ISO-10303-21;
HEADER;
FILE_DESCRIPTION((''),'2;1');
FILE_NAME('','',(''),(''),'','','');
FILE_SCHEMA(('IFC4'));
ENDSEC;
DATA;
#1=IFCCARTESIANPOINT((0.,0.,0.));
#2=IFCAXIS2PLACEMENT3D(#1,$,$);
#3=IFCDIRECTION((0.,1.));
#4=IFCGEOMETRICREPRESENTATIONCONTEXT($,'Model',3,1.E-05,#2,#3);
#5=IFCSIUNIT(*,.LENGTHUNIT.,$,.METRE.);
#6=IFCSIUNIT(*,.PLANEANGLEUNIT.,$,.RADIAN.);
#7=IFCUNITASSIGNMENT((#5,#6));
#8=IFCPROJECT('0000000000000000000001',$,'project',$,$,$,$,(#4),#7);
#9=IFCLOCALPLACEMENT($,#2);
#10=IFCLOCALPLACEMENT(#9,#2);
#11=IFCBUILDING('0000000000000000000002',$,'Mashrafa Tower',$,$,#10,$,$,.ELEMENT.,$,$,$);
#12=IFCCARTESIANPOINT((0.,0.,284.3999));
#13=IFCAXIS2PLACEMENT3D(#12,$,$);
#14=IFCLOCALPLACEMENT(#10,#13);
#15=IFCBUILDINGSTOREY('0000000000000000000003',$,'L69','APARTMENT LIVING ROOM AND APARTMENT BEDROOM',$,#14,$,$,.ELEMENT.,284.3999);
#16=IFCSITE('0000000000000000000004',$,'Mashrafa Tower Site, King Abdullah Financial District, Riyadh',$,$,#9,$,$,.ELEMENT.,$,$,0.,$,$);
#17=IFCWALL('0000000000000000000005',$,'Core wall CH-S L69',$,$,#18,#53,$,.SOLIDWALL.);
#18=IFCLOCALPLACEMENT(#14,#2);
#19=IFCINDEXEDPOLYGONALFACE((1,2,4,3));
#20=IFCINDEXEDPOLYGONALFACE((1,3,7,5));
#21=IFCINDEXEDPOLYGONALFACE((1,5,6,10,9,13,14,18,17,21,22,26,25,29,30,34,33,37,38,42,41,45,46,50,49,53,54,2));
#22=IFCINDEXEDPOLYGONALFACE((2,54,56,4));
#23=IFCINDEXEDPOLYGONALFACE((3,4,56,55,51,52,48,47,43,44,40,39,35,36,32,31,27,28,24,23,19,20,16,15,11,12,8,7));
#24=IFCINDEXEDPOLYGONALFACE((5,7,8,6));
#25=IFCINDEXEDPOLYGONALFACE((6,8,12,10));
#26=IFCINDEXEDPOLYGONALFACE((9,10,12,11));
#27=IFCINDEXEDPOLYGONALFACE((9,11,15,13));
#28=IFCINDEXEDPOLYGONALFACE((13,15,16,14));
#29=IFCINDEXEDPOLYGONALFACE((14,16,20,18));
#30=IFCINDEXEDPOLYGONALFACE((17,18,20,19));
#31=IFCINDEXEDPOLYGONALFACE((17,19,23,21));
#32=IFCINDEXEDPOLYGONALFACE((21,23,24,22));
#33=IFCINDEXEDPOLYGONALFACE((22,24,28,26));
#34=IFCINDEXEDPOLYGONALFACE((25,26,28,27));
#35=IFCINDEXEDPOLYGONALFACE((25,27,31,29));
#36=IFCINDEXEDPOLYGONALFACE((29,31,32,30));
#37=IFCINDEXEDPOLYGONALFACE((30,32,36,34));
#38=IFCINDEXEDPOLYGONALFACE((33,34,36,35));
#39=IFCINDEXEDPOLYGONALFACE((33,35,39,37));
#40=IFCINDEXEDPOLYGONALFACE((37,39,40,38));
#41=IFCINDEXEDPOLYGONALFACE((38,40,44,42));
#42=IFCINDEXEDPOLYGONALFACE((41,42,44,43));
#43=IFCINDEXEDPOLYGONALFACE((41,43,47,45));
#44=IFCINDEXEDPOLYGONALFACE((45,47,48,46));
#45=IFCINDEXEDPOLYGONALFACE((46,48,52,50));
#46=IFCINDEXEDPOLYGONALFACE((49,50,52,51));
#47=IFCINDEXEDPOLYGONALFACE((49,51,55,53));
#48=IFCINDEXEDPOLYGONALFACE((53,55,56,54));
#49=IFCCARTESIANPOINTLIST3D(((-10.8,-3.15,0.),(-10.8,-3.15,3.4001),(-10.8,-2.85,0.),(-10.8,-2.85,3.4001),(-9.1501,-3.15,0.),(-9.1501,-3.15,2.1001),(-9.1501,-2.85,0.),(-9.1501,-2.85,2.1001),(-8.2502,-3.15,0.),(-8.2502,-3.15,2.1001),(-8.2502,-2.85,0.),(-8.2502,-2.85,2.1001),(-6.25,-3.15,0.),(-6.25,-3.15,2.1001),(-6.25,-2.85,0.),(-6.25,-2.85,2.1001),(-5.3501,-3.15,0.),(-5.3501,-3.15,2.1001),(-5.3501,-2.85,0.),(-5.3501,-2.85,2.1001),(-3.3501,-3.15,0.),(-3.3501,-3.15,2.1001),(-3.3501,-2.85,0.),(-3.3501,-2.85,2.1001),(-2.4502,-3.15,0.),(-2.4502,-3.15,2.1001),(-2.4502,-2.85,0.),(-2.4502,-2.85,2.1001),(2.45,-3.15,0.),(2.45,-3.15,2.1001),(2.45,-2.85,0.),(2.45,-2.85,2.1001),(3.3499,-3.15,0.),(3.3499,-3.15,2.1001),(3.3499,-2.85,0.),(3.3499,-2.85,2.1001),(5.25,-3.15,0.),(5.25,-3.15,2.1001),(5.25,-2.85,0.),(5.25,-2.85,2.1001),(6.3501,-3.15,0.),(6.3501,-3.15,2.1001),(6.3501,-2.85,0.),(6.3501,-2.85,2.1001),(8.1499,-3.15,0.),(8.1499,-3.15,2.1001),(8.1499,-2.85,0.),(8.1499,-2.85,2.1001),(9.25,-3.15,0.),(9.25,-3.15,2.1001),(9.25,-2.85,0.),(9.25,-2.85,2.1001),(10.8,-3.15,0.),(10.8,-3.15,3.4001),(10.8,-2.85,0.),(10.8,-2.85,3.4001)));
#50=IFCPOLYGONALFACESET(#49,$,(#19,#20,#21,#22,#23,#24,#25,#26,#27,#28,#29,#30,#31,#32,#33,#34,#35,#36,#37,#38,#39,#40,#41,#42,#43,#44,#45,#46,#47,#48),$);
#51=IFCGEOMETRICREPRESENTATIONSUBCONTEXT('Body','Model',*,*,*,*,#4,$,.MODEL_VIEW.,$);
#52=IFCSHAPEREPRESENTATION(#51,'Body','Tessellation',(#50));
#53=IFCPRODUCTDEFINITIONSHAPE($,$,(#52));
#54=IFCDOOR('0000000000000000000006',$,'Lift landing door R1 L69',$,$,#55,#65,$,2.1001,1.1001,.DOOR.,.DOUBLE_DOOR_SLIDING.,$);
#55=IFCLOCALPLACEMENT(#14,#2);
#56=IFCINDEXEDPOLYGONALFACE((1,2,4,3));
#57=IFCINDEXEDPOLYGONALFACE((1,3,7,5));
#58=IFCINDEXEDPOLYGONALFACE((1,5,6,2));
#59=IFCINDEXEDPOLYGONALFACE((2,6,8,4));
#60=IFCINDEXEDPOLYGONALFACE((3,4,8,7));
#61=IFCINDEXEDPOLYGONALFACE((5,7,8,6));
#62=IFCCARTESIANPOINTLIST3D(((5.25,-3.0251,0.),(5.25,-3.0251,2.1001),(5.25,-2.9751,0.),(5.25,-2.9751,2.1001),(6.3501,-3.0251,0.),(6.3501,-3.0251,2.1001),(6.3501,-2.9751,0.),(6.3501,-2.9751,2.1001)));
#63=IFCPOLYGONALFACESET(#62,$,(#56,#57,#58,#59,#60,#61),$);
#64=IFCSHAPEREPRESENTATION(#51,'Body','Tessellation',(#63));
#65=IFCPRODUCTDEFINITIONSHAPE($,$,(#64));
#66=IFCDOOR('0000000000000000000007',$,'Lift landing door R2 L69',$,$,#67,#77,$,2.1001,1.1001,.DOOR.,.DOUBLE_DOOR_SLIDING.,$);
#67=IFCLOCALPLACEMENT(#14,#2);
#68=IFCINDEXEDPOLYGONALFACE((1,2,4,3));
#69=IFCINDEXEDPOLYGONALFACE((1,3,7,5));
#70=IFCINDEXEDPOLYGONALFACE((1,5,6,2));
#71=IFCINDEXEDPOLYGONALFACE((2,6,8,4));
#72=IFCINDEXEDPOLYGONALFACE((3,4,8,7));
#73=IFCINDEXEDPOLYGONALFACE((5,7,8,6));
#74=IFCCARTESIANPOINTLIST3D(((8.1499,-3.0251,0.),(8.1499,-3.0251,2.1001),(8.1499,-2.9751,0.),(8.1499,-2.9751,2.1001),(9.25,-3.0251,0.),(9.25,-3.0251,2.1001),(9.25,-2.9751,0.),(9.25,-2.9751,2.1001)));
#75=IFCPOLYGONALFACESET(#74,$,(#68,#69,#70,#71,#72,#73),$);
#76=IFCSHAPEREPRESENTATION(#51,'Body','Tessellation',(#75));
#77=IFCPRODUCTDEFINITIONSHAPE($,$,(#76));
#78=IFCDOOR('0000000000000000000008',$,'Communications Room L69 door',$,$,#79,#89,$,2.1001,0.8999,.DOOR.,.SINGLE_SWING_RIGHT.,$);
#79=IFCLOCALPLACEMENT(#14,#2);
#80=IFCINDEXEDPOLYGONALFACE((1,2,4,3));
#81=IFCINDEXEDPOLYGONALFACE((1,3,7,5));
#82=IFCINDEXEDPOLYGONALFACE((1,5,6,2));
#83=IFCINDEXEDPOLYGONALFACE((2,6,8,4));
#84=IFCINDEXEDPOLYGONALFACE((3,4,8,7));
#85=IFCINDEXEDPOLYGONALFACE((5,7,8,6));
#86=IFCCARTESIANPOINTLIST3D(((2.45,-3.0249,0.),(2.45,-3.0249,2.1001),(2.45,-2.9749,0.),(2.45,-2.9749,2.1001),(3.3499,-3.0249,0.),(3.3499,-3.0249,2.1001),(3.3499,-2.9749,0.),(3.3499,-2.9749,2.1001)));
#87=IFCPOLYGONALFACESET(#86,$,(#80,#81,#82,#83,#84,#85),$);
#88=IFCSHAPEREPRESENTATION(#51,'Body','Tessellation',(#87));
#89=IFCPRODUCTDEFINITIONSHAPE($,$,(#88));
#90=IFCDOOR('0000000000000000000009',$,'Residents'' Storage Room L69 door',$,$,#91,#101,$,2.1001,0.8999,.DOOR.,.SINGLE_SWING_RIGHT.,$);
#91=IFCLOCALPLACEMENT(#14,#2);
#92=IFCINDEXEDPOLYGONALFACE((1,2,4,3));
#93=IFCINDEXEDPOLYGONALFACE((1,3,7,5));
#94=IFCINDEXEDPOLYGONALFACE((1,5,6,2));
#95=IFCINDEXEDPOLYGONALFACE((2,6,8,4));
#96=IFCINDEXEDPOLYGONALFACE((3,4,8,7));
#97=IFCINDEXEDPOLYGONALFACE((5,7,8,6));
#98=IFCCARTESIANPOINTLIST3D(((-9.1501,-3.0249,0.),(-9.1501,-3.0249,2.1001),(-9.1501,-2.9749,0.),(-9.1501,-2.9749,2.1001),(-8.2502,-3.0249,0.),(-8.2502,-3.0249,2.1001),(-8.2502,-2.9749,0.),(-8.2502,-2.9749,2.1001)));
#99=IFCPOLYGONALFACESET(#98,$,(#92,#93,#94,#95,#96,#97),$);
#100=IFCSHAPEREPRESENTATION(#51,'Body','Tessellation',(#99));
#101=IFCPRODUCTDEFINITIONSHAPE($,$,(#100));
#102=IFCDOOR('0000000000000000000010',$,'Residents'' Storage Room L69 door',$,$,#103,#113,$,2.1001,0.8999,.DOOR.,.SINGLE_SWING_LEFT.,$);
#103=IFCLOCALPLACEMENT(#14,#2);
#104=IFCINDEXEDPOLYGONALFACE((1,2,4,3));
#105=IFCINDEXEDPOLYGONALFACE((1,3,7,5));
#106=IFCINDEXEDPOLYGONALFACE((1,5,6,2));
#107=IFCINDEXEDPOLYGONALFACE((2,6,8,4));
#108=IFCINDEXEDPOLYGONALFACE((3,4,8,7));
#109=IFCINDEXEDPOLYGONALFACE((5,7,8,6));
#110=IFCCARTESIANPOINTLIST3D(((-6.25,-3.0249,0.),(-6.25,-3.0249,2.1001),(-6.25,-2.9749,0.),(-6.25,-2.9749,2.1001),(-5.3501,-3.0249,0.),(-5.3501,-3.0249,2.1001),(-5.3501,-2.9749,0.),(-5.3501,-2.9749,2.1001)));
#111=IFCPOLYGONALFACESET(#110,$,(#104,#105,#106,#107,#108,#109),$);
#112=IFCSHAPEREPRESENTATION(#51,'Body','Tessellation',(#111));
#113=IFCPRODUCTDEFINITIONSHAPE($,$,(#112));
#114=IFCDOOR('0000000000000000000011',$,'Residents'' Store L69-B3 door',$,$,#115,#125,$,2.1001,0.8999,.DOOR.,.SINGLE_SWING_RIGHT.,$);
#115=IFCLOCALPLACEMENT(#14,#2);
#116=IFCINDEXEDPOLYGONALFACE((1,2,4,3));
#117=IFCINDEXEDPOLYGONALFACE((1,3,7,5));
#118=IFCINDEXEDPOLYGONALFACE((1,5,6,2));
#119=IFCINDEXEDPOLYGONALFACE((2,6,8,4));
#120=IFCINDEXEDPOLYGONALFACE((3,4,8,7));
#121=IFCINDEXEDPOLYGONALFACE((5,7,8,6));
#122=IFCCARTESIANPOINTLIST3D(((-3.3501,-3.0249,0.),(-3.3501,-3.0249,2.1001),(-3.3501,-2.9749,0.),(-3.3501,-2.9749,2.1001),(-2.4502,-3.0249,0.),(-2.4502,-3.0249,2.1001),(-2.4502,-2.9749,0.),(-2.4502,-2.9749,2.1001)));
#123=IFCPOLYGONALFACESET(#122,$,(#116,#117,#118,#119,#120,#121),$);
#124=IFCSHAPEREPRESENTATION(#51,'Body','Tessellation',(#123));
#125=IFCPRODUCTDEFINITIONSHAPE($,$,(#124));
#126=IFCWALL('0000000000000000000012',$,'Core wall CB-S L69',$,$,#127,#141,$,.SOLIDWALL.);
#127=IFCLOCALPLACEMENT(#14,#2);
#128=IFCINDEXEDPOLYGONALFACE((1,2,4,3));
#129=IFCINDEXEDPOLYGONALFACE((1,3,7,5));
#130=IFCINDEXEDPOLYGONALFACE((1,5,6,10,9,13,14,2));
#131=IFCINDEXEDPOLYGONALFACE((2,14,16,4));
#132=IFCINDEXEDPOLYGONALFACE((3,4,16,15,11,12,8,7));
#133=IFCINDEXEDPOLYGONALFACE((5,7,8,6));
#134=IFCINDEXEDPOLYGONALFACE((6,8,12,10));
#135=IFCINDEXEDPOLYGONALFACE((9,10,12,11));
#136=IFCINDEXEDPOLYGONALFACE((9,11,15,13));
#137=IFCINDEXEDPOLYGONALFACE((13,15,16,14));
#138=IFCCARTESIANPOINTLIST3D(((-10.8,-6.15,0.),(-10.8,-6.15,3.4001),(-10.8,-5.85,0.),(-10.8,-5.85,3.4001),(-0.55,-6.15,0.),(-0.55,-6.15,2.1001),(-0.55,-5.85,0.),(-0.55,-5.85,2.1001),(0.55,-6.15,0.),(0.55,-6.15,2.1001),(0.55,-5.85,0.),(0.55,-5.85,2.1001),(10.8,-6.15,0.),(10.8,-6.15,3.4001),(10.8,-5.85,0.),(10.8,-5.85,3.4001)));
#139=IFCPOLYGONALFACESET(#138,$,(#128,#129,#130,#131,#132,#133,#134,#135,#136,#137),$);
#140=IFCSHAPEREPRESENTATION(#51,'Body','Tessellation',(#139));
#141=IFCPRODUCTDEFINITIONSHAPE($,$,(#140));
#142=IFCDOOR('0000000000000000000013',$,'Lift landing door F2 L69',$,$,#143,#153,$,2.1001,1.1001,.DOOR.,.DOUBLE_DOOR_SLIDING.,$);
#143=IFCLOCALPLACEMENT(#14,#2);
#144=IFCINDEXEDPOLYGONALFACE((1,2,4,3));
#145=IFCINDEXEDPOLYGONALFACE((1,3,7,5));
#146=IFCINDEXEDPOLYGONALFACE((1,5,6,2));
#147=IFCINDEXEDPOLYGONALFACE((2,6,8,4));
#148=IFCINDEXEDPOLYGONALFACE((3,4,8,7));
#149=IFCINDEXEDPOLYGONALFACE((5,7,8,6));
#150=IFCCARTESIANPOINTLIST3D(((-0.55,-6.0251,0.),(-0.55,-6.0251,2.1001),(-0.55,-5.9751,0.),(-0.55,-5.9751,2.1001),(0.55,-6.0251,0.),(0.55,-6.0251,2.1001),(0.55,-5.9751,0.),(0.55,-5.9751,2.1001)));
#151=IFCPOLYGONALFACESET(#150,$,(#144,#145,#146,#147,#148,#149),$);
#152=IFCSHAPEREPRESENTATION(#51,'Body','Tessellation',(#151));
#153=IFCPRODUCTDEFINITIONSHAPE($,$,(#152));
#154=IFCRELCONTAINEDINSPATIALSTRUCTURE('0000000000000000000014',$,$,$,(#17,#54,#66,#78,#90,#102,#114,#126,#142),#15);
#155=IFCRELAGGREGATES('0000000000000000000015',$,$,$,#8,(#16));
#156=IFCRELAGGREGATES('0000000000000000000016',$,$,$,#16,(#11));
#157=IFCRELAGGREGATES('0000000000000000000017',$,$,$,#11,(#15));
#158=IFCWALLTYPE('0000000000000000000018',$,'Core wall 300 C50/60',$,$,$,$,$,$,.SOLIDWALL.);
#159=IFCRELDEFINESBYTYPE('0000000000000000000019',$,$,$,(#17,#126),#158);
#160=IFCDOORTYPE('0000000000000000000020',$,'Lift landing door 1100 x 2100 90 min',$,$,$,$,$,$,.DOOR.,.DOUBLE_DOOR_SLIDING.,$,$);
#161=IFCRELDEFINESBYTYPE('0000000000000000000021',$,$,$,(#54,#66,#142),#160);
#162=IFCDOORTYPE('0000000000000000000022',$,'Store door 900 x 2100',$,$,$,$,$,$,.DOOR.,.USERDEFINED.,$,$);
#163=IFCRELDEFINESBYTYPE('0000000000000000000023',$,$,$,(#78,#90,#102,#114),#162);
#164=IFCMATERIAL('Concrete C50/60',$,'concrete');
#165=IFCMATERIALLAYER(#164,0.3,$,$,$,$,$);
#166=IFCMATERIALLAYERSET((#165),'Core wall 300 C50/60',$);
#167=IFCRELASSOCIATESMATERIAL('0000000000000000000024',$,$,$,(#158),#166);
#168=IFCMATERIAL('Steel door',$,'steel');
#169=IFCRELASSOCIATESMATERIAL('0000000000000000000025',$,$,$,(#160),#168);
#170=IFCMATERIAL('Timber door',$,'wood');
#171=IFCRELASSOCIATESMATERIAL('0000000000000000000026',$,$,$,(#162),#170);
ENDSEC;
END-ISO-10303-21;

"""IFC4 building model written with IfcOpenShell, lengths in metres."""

from ifc_helpers import new_model, si_unit, direction, frame, frame_2d, origin, place, context, subcontext, project, spatial, rectangle, extrude, material, layer, layer_set, type_object, element, fill, save


model = new_model("IFC4")

# Units and contexts
model_context = context("Model", 3, precision=1e-05, world=origin(), true_north=direction((0.0, 1.0)))
body_context = subcontext(model_context, "Body", "Model", "MODEL_VIEW")
ifc_project = project(units=[si_unit("LENGTHUNIT", "METRE"), si_unit("PLANEANGLEUNIT", "RADIAN")], contexts=[model_context])

# Site, building, storey
site_placement = place(None, origin())
site = spatial("IfcSite", under=ifc_project, at=site_placement, Name="Mashrafa Tower Site, King Abdullah Financial District, Riyadh", CompositionType="ELEMENT", RefElevation=0.0)
building_placement = place(site_placement, origin())
building = spatial("IfcBuilding", under=site, at=building_placement, Name="Mashrafa Tower", CompositionType="ELEMENT")
storey_placement = place(building_placement, frame((0.0, 0.0, 284.3999)))
storey = spatial("IfcBuildingStorey", under=building, at=storey_placement, Name="L69", Description="APARTMENT LIVING ROOM AND APARTMENT BEDROOM", CompositionType="ELEMENT", Elevation=284.3999)

# Wall, openings, doors
ifc_material_1 = material(Name="Concrete C50/60", Category="concrete")
ifc_layer_1 = layer(ifc_material_1, 0.3)
ifc_layer_set_1 = layer_set([ifc_layer_1], Name="Core wall 300 C50/60")
wall_type_1 = type_object("IfcWallType", Name="Core wall 300 C50/60", PredefinedType="SOLIDWALL", material=ifc_layer_set_1)
wall_1_placement = place(storey_placement, frame((-10.8, -3.0, 0.0), z_axis=(0.0, 0.0, 1.0), x_axis=(1.0, 0.0, 0.0)))
wall_1 = element("IfcWall", 1, at=wall_1_placement, inside=storey, type_object=wall_type_1, Name="Core wall CH-S L69", PredefinedType="SOLIDWALL", context=body_context, shape_type="SweptSolid", body=[
    extrude(rectangle(XDim=21.6001, YDim=0.3, at=frame_2d((10.8, 0.0))), origin(), (0.0, 0.0, 1.0), 3.4001),
])
opening_1_placement = place(wall_1_placement, frame((13.25, 0.0, 0.0)))
opening_1 = element("IfcOpeningElement", 2, at=opening_1_placement, cuts=wall_1, PredefinedType="OPENING", context=body_context, shape_type="SweptSolid", body=[
    extrude(rectangle(XDim=0.8999, YDim=2.1001, at=frame_2d((0.45, 1.05))), frame((0.0, 0.1599, 0.0), z_axis=(0.0, -1.0, 0.0), x_axis=(1.0, 0.0, 0.0)), (0.0, 0.0, 1.0), 0.3201),
])
opening_2_placement = place(wall_1_placement, frame((1.6499, 0.0, 0.0)))
opening_2 = element("IfcOpeningElement", 3, at=opening_2_placement, cuts=wall_1, PredefinedType="OPENING", context=body_context, shape_type="SweptSolid", body=[
    extrude(rectangle(XDim=0.8999, YDim=2.1001, at=frame_2d((0.45, 1.05))), frame((0.0, 0.1599, 0.0), z_axis=(0.0, -1.0, 0.0), x_axis=(1.0, 0.0, 0.0)), (0.0, 0.0, 1.0), 0.3201),
])
opening_3_placement = place(wall_1_placement, frame((4.55, 0.0, 0.0)))
opening_3 = element("IfcOpeningElement", 4, at=opening_3_placement, cuts=wall_1, PredefinedType="OPENING", context=body_context, shape_type="SweptSolid", body=[
    extrude(rectangle(XDim=0.8999, YDim=2.1001, at=frame_2d((0.45, 1.05))), frame((0.0, 0.1599, 0.0), z_axis=(0.0, -1.0, 0.0), x_axis=(1.0, 0.0, 0.0)), (0.0, 0.0, 1.0), 0.3201),
])
opening_4_placement = place(wall_1_placement, frame((7.45, 0.0, 0.0)))
opening_4 = element("IfcOpeningElement", 5, at=opening_4_placement, cuts=wall_1, PredefinedType="OPENING", context=body_context, shape_type="SweptSolid", body=[
    extrude(rectangle(XDim=0.8999, YDim=2.1001, at=frame_2d((0.45, 1.05))), frame((0.0, 0.1599, 0.0), z_axis=(0.0, -1.0, 0.0), x_axis=(1.0, 0.0, 0.0)), (0.0, 0.0, 1.0), 0.3201),
])
opening_5_placement = place(wall_1_placement, frame((16.05, 0.0, 0.0)))
opening_5 = element("IfcOpeningElement", 6, at=opening_5_placement, cuts=wall_1, PredefinedType="OPENING", context=body_context, shape_type="SweptSolid", body=[
    extrude(rectangle(XDim=1.1001, YDim=2.1001, at=frame_2d((0.55, 1.05))), frame((0.0, 0.1599, 0.0), z_axis=(0.0, -1.0, 0.0), x_axis=(1.0, 0.0, 0.0)), (0.0, 0.0, 1.0), 0.3201),
])
opening_6_placement = place(wall_1_placement, frame((18.95, 0.0, 0.0)))
opening_6 = element("IfcOpeningElement", 7, at=opening_6_placement, cuts=wall_1, PredefinedType="OPENING", context=body_context, shape_type="SweptSolid", body=[
    extrude(rectangle(XDim=1.1001, YDim=2.1001, at=frame_2d((0.55, 1.05))), frame((0.0, 0.1599, 0.0), z_axis=(0.0, -1.0, 0.0), x_axis=(1.0, 0.0, 0.0)), (0.0, 0.0, 1.0), 0.3201),
])
ifc_material_2 = material(Name="Steel door", Category="steel")
door_type_1 = type_object("IfcDoorType", Name="Lift landing door 1100 x 2100 90 min", OperationType="DOUBLE_DOOR_SLIDING", PredefinedType="DOOR", material=ifc_material_2)
door_1_placement = place(opening_5_placement, origin())
door_1 = element("IfcDoor", 8, at=door_1_placement, inside=storey, type_object=door_type_1, Name="Lift landing door R1 L69", OperationType="DOUBLE_DOOR_SLIDING", OverallHeight=2.1001, OverallWidth=1.1001, PredefinedType="DOOR", context=body_context, shape_type="SweptSolid", body=[
    extrude(rectangle(XDim=1.1001, YDim=2.1001, at=frame_2d((0.55, 1.05))), frame((0.0, 0.0249, 0.0), z_axis=(0.0, -1.0, 0.0), x_axis=(1.0, 0.0, 0.0)), (0.0, 0.0, 1.0), 0.05),
])
fill(opening_5, door_1)
door_2_placement = place(opening_6_placement, origin())
door_2 = element("IfcDoor", 9, at=door_2_placement, inside=storey, type_object=door_type_1, Name="Lift landing door R2 L69", OperationType="DOUBLE_DOOR_SLIDING", OverallHeight=2.1001, OverallWidth=1.1001, PredefinedType="DOOR", context=body_context, shape_type="SweptSolid", body=[
    extrude(rectangle(XDim=1.1001, YDim=2.1001, at=frame_2d((0.55, 1.05))), frame((0.0, 0.0249, 0.0), z_axis=(0.0, -1.0, 0.0), x_axis=(1.0, 0.0, 0.0)), (0.0, 0.0, 1.0), 0.05),
])
fill(opening_6, door_2)
ifc_material_3 = material(Name="Timber door", Category="wood")
door_type_2 = type_object("IfcDoorType", Name="Store door 900 x 2100", OperationType="USERDEFINED", PredefinedType="DOOR", material=ifc_material_3)
door_3_placement = place(opening_1_placement, frame((0.8999, 0.0, 0.0), z_axis=(0.0, 0.0, 1.0), x_axis=(-1.0, 0.0, 0.0)))
door_3 = element("IfcDoor", 10, at=door_3_placement, inside=storey, type_object=door_type_2, Name="Communications Room L69 door", OperationType="SINGLE_SWING_RIGHT", OverallHeight=2.1001, OverallWidth=0.8999, PredefinedType="DOOR", context=body_context, shape_type="SweptSolid", body=[
    extrude(rectangle(XDim=0.8999, YDim=2.1001, at=frame_2d((0.45, 1.05))), frame((0.0, 0.0249, 0.0), z_axis=(0.0, -1.0, 0.0), x_axis=(1.0, 0.0, 0.0)), (0.0, 0.0, 1.0), 0.05),
])
fill(opening_1, door_3)
door_4_placement = place(opening_2_placement, frame((0.8999, 0.0, 0.0), z_axis=(0.0, 0.0, 1.0), x_axis=(-1.0, 0.0, 0.0)))
door_4 = element("IfcDoor", 11, at=door_4_placement, inside=storey, type_object=door_type_2, Name="Residents' Storage Room L69 door", OperationType="SINGLE_SWING_RIGHT", OverallHeight=2.1001, OverallWidth=0.8999, PredefinedType="DOOR", context=body_context, shape_type="SweptSolid", body=[
    extrude(rectangle(XDim=0.8999, YDim=2.1001, at=frame_2d((0.45, 1.05))), frame((0.0, 0.0249, 0.0), z_axis=(0.0, -1.0, 0.0), x_axis=(1.0, 0.0, 0.0)), (0.0, 0.0, 1.0), 0.05),
])
fill(opening_2, door_4)
door_5_placement = place(opening_3_placement, frame((0.8999, 0.0, 0.0), z_axis=(0.0, 0.0, 1.0), x_axis=(-1.0, 0.0, 0.0)))
door_5 = element("IfcDoor", 12, at=door_5_placement, inside=storey, type_object=door_type_2, Name="Residents' Storage Room L69 door", OperationType="SINGLE_SWING_LEFT", OverallHeight=2.1001, OverallWidth=0.8999, PredefinedType="DOOR", context=body_context, shape_type="SweptSolid", body=[
    extrude(rectangle(XDim=0.8999, YDim=2.1001, at=frame_2d((0.45, 1.05))), frame((0.0, 0.0249, 0.0), z_axis=(0.0, -1.0, 0.0), x_axis=(1.0, 0.0, 0.0)), (0.0, 0.0, 1.0), 0.05),
])
fill(opening_3, door_5)
door_6_placement = place(opening_4_placement, frame((0.8999, 0.0, 0.0), z_axis=(0.0, 0.0, 1.0), x_axis=(-1.0, 0.0, 0.0)))
door_6 = element("IfcDoor", 13, at=door_6_placement, inside=storey, type_object=door_type_2, Name="Residents' Store L69-B3 door", OperationType="SINGLE_SWING_RIGHT", OverallHeight=2.1001, OverallWidth=0.8999, PredefinedType="DOOR", context=body_context, shape_type="SweptSolid", body=[
    extrude(rectangle(XDim=0.8999, YDim=2.1001, at=frame_2d((0.45, 1.05))), frame((0.0, 0.0249, 0.0), z_axis=(0.0, -1.0, 0.0), x_axis=(1.0, 0.0, 0.0)), (0.0, 0.0, 1.0), 0.05),
])
fill(opening_4, door_6)

# Wall, opening, door
wall_2_placement = place(storey_placement, frame((-10.8, -6.0, 0.0), z_axis=(0.0, 0.0, 1.0), x_axis=(1.0, 0.0, 0.0)))
wall_2 = element("IfcWall", 14, at=wall_2_placement, inside=storey, type_object=wall_type_1, Name="Core wall CB-S L69", PredefinedType="SOLIDWALL", context=body_context, shape_type="SweptSolid", body=[
    extrude(rectangle(XDim=21.6001, YDim=0.3, at=frame_2d((10.8, 0.0))), origin(), (0.0, 0.0, 1.0), 3.4001),
])
opening_7_placement = place(wall_2_placement, frame((10.25, 0.0, 0.0)))
opening_7 = element("IfcOpeningElement", 15, at=opening_7_placement, cuts=wall_2, PredefinedType="OPENING", context=body_context, shape_type="SweptSolid", body=[
    extrude(rectangle(XDim=1.1001, YDim=2.1001, at=frame_2d((0.55, 1.05))), frame((0.0, 0.1599, 0.0), z_axis=(0.0, -1.0, 0.0), x_axis=(1.0, 0.0, 0.0)), (0.0, 0.0, 1.0), 0.3201),
])
door_7_placement = place(opening_7_placement, origin())
door_7 = element("IfcDoor", 16, at=door_7_placement, inside=storey, type_object=door_type_1, Name="Lift landing door F2 L69", OperationType="DOUBLE_DOOR_SLIDING", OverallHeight=2.1001, OverallWidth=1.1001, PredefinedType="DOOR", context=body_context, shape_type="SweptSolid", body=[
    extrude(rectangle(XDim=1.1001, YDim=2.1001, at=frame_2d((0.55, 1.05))), frame((0.0, 0.0249, 0.0), z_axis=(0.0, -1.0, 0.0), x_axis=(1.0, 0.0, 0.0)), (0.0, 0.0, 1.0), 0.05),
])
fill(opening_7, door_7)

save(model, "model.ifc")
